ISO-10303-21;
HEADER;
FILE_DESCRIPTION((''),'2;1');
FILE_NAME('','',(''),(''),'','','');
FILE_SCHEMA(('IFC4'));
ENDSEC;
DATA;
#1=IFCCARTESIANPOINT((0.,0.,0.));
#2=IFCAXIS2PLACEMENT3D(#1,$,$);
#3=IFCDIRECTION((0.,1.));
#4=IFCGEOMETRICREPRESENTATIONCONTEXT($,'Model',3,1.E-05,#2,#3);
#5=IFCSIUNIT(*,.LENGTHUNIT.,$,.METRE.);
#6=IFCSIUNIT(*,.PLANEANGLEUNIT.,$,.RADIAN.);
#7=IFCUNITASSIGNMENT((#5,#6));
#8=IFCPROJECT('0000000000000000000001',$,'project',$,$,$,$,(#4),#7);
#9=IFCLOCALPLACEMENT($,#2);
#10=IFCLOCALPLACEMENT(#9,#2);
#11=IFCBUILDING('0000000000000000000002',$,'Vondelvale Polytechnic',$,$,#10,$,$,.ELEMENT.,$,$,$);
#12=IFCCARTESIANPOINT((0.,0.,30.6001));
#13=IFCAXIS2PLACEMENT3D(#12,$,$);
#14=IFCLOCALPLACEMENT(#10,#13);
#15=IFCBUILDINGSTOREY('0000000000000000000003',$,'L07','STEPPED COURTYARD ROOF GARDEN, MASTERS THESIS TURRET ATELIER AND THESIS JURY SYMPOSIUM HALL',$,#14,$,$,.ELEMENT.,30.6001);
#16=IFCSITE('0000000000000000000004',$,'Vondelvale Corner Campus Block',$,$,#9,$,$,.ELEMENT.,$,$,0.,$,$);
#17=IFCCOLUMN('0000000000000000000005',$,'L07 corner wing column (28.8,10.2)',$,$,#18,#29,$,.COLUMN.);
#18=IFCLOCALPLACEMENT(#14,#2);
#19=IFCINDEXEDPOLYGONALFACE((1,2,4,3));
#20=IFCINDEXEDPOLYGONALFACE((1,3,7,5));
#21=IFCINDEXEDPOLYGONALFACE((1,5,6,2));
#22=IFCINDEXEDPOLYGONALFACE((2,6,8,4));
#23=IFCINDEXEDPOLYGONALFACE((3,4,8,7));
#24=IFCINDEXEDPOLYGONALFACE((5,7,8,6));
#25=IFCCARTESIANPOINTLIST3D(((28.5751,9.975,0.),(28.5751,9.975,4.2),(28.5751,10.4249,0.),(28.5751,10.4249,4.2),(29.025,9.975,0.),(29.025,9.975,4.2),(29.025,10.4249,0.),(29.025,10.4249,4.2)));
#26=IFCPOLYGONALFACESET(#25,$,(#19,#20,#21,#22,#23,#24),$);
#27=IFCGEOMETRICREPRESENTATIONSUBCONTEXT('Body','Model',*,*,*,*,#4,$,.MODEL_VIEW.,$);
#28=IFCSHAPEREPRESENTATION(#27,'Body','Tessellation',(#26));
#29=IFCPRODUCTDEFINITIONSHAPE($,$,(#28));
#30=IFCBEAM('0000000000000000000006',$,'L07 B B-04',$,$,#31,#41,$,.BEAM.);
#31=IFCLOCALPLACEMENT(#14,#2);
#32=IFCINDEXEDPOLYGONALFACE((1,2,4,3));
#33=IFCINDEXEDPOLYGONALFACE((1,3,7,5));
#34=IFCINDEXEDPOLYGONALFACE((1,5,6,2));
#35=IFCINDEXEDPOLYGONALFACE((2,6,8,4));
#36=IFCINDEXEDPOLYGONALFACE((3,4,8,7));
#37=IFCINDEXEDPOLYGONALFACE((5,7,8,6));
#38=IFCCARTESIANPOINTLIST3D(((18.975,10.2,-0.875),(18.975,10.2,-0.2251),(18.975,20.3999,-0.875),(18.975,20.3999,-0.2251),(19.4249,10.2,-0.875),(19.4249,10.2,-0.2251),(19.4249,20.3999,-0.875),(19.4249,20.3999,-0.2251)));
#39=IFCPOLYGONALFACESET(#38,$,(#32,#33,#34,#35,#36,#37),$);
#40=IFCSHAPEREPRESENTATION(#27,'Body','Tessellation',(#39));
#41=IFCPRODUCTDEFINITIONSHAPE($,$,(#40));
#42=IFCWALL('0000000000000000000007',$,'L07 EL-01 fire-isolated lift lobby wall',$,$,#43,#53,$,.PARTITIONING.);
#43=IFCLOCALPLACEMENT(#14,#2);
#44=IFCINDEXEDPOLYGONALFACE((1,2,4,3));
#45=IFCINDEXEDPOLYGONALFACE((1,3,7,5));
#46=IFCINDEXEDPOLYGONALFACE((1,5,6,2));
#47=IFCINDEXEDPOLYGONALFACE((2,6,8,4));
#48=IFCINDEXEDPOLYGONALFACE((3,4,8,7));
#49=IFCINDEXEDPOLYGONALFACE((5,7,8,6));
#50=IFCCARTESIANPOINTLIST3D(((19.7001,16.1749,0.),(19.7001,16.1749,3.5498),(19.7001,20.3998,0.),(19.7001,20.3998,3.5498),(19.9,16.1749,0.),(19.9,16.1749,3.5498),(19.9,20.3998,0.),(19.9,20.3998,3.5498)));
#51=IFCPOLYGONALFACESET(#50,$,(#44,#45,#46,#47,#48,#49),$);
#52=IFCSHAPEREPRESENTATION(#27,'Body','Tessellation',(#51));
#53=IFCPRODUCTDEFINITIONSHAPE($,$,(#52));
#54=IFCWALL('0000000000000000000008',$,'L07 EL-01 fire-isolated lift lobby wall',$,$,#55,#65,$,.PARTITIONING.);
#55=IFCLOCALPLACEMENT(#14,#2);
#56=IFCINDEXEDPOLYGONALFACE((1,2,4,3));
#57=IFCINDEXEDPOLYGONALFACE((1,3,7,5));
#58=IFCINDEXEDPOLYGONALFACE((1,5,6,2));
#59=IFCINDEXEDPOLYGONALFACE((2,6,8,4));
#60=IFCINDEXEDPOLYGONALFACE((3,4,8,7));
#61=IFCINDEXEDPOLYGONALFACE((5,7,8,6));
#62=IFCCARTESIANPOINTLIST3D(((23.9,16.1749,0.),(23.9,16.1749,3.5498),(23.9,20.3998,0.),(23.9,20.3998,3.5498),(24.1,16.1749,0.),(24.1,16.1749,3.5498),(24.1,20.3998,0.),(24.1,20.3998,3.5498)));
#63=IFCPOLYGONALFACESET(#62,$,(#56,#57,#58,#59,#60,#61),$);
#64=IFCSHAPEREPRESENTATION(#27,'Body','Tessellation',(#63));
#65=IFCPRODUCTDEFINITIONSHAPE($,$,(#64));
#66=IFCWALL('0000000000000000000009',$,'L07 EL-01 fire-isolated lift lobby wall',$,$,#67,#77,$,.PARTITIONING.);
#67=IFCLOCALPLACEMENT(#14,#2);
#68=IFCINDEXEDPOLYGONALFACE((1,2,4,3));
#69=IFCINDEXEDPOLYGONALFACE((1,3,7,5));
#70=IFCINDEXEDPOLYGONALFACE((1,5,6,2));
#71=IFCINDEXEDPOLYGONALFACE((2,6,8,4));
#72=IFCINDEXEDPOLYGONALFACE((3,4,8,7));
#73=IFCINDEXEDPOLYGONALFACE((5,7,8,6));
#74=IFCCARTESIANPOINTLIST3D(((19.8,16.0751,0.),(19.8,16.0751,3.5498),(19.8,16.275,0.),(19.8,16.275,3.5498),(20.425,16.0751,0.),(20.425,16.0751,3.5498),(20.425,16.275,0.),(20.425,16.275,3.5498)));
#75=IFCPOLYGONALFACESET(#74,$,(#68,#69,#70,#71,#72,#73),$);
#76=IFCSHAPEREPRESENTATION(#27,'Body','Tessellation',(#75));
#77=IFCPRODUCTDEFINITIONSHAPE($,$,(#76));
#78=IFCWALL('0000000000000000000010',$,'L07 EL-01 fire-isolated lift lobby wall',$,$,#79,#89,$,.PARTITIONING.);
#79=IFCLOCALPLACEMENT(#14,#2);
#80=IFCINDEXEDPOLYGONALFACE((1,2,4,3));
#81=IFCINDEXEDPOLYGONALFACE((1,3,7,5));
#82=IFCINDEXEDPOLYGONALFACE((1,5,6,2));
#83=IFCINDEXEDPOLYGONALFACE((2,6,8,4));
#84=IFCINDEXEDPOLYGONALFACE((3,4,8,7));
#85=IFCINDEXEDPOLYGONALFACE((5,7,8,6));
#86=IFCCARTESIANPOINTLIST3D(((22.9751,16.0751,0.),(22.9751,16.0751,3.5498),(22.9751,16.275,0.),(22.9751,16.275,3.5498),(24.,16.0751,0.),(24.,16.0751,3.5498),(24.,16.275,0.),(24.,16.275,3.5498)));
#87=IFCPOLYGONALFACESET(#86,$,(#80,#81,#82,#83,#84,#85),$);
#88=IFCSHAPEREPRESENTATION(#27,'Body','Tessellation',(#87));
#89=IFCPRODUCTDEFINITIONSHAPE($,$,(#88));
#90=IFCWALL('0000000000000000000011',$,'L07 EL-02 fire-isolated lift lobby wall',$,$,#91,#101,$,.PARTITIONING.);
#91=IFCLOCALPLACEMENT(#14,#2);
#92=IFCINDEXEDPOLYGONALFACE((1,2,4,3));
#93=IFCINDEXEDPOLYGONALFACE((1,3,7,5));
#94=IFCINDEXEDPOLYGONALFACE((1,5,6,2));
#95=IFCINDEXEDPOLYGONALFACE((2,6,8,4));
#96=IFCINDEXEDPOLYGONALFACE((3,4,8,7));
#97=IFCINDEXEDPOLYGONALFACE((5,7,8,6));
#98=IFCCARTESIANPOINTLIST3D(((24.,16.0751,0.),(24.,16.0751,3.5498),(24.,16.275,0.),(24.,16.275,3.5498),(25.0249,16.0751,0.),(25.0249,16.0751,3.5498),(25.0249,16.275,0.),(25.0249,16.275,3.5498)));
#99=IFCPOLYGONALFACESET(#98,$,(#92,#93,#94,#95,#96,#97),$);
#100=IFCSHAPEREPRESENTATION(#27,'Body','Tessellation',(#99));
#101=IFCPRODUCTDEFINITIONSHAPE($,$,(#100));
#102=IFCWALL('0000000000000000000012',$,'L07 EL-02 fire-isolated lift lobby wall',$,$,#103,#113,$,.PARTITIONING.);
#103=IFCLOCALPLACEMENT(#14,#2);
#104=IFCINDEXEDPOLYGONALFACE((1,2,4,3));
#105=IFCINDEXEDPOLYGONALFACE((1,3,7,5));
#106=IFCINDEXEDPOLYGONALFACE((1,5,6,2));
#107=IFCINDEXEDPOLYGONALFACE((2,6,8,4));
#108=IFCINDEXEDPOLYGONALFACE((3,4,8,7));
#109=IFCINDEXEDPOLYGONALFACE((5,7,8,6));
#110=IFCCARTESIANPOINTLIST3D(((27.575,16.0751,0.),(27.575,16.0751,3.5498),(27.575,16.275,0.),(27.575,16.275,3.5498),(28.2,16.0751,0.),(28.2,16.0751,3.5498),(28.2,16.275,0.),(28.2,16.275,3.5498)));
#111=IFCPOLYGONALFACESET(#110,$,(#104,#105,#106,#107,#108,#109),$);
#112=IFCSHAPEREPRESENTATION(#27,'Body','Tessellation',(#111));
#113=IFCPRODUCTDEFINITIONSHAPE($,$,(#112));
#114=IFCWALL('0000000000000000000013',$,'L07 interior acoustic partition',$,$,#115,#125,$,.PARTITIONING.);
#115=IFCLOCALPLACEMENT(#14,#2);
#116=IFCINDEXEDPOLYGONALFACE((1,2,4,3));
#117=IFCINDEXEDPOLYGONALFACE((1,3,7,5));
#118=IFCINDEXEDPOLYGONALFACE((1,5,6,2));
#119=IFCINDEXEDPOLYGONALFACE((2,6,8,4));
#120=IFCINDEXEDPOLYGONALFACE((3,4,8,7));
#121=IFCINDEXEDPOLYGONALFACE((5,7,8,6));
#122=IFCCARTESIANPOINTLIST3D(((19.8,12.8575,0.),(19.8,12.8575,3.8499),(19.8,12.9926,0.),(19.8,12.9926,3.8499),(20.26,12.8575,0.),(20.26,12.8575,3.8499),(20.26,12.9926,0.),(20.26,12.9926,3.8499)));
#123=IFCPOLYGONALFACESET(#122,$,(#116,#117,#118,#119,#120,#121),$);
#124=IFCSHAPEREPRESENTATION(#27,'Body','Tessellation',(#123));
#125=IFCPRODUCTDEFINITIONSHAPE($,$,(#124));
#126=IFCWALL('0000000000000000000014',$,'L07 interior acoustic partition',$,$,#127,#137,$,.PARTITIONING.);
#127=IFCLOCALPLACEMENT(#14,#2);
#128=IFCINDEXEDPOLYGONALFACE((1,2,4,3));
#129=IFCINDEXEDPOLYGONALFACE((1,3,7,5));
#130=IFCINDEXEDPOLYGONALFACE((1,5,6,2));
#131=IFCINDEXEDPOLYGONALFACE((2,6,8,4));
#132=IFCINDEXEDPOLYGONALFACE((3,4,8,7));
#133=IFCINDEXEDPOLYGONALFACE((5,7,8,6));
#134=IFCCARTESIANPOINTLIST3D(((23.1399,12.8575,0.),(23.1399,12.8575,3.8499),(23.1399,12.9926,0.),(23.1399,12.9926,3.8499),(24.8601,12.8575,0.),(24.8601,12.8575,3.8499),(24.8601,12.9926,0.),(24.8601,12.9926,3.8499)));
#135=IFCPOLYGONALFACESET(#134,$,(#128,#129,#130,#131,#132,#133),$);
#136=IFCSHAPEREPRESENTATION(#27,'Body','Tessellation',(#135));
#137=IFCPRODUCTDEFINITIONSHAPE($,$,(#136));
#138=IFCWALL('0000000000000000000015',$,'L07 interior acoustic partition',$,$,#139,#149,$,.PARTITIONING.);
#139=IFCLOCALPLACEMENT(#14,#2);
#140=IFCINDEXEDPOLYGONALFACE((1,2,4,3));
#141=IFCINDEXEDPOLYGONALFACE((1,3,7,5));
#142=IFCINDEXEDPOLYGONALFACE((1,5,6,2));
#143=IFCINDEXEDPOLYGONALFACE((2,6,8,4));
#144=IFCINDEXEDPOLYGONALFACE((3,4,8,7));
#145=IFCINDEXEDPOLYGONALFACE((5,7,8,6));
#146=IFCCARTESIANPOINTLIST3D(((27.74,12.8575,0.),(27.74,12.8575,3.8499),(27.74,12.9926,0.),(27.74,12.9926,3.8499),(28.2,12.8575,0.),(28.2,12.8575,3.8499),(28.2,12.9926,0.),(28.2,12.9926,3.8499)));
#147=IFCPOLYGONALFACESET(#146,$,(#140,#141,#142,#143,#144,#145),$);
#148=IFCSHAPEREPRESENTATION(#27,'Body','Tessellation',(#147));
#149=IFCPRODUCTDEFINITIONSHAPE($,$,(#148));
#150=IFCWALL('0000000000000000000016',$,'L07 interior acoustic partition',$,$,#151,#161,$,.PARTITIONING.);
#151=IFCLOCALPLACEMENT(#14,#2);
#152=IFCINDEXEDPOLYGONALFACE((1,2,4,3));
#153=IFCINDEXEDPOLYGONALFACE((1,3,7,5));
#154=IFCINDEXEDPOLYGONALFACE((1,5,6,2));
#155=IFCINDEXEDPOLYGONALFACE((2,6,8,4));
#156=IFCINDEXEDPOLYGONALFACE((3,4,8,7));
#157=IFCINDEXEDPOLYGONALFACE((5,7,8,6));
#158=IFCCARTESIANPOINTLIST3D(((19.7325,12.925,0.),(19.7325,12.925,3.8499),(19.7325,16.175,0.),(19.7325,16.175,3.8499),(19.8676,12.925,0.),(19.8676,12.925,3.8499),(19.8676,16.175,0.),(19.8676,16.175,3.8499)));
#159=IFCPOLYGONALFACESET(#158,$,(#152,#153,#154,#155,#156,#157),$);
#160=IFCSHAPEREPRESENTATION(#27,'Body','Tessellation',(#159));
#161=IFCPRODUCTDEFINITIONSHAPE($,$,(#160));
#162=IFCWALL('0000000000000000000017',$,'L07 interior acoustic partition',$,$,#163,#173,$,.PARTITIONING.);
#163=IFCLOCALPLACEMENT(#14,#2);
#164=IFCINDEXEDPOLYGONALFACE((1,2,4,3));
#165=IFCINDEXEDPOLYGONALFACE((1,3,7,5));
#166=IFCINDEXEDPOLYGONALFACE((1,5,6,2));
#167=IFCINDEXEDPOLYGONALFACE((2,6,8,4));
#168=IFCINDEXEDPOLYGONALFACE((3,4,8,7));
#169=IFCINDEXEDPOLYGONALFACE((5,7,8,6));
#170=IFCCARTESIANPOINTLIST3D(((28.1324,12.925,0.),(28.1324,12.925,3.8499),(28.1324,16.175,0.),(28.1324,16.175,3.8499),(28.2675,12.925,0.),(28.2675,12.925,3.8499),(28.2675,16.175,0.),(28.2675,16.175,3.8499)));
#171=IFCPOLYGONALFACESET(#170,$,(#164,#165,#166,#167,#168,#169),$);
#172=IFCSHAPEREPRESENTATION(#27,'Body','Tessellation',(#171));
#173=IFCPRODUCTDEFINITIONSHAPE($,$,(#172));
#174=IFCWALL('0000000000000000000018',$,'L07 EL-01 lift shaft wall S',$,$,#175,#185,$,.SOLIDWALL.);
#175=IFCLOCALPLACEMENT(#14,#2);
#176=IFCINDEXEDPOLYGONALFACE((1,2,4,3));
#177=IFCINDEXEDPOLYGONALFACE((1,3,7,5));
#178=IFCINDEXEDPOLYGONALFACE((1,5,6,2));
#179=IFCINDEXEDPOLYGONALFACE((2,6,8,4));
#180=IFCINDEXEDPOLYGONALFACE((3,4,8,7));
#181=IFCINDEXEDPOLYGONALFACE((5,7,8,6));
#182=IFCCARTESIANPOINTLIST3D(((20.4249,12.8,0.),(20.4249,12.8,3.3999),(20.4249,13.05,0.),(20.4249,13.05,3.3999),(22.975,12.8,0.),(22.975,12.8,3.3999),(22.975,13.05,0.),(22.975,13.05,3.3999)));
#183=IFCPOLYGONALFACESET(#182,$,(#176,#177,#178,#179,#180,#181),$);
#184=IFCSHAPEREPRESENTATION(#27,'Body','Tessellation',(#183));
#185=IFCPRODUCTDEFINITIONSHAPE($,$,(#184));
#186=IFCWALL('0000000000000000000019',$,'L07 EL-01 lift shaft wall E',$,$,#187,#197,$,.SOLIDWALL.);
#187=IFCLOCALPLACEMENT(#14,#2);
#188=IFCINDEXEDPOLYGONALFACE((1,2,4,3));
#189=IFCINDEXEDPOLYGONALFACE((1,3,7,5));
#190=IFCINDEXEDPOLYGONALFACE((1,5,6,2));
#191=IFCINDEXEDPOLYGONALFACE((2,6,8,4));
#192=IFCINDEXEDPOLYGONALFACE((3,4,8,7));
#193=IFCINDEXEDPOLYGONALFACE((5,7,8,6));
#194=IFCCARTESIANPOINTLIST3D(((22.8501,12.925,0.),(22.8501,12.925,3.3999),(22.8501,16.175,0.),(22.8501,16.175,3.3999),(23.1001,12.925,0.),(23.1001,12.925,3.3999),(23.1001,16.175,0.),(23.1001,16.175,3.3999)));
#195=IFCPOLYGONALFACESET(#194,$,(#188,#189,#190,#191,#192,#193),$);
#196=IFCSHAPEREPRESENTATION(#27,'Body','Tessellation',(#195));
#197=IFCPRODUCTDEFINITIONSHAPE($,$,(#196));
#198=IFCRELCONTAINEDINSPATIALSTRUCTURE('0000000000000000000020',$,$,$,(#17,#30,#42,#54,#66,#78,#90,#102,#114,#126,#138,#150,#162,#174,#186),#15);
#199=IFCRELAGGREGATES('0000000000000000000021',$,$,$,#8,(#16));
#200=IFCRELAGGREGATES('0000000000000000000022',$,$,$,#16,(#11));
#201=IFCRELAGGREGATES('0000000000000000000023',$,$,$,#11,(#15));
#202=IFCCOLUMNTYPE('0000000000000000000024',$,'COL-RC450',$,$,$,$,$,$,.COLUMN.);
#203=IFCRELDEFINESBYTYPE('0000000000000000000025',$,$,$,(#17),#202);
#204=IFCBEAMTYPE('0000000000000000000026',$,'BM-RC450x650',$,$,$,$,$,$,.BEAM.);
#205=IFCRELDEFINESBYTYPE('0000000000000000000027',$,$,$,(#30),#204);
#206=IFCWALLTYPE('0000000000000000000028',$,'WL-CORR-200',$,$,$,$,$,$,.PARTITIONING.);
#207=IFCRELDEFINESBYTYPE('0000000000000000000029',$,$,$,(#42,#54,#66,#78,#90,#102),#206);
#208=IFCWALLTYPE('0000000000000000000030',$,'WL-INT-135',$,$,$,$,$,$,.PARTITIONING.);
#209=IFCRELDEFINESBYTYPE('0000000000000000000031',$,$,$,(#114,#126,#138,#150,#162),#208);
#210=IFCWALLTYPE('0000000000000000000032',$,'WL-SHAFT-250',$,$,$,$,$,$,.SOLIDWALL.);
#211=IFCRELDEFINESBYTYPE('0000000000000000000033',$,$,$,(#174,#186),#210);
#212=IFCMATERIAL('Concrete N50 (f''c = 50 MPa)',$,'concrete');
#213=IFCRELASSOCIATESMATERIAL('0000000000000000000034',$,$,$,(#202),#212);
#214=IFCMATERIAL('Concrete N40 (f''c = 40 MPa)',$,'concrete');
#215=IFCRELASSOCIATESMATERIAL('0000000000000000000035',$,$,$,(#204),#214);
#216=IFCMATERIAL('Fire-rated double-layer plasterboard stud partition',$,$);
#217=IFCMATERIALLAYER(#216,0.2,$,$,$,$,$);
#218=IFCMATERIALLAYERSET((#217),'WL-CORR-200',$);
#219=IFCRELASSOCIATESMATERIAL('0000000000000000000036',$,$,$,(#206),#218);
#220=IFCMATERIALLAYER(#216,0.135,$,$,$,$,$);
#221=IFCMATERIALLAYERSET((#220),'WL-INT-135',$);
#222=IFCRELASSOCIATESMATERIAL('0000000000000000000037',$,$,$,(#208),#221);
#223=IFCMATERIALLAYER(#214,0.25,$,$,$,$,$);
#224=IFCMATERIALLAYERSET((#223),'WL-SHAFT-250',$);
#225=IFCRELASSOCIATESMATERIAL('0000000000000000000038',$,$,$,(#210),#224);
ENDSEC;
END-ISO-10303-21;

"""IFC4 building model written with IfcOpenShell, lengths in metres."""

from ifc_helpers import new_model, si_unit, direction, frame, frame_2d, origin, origin_2d, place, context, subcontext, project, spatial, rectangle, extrude, material, layer, layer_set, material_profile, profile_set, type_object, element, save


model = new_model("IFC4")

# Units and contexts
model_context = context("Model", 3, precision=1e-05, world=origin(), true_north=direction((0.0, 1.0)))
body_context = subcontext(model_context, "Body", "Model", "MODEL_VIEW")
ifc_project = project(units=[si_unit("LENGTHUNIT", "METRE"), si_unit("PLANEANGLEUNIT", "RADIAN")], contexts=[model_context])

# Site, building, storey
site_placement = place(None, origin())
site = spatial("IfcSite", under=ifc_project, at=site_placement, Name="Vondelvale Corner Campus Block", CompositionType="ELEMENT", RefElevation=0.0)
building_placement = place(site_placement, origin())
building = spatial("IfcBuilding", under=site, at=building_placement, Name="Vondelvale Polytechnic", CompositionType="ELEMENT")
storey_placement = place(building_placement, frame((0.0, 0.0, 30.6001)))
storey = spatial("IfcBuildingStorey", under=building, at=storey_placement, Name="L07", Description="STEPPED COURTYARD ROOF GARDEN, MASTERS THESIS TURRET ATELIER AND THESIS JURY SYMPOSIUM HALL", CompositionType="ELEMENT", Elevation=30.6001)

# Column
ifc_material_1 = material(Name="Concrete N50 (f'c = 50 MPa)", Category="concrete")
ifc_material_profile_1 = material_profile(ifc_material_1, rectangle(XDim=0.45, YDim=0.45, at=origin_2d()), Name="RC-COL-450x450")
ifc_profile_set_1 = profile_set([ifc_material_profile_1], Name="Concrete N50 (f'c = 50 MPa)")
column_type = type_object("IfcColumnType", Name="COL-RC450", PredefinedType="COLUMN", material=ifc_profile_set_1)
column_placement = place(storey_placement, frame((28.8, 10.2, 0.0), z_axis=(0.0, 0.0, 1.0), x_axis=(1.0, 0.0, 0.0)))
element("IfcColumn", 1, at=column_placement, inside=storey, type_object=column_type, Name="L07 corner wing column (28.8,10.2)", PredefinedType="COLUMN", context=body_context, shape_type="SweptSolid", body=[
    extrude(rectangle(XDim=0.45, YDim=0.45, at=origin_2d()), origin(), (0.0, 0.0, 1.0), 4.2),
])

# Beam
ifc_material_2 = material(Name="Concrete N40 (f'c = 40 MPa)", Category="concrete")
ifc_material_profile_2 = material_profile(ifc_material_2, rectangle(XDim=0.45, YDim=0.6499, at=origin_2d()), Name="RC-BM-450x650")
ifc_profile_set_2 = profile_set([ifc_material_profile_2], Name="Concrete N40 (f'c = 40 MPa)")
beam_type = type_object("IfcBeamType", Name="BM-RC450x650", PredefinedType="BEAM", material=ifc_profile_set_2)
beam_placement = place(storey_placement, frame((19.2, 10.2, -0.55), z_axis=(0.0, 1.0, 0.0), x_axis=(-1.0, 0.0, 0.0)))
element("IfcBeam", 2, at=beam_placement, inside=storey, type_object=beam_type, Name="L07 B B-04", PredefinedType="BEAM", context=body_context, shape_type="SweptSolid", body=[
    extrude(rectangle(XDim=0.45, YDim=0.6499, at=origin_2d()), origin(), (0.0, 0.0, 1.0), 10.2),
])

# Walls
ifc_material_3 = material(Name="Fire-rated double-layer plasterboard stud partition")
ifc_layer_1 = layer(ifc_material_3, 0.2)
ifc_layer_set_1 = layer_set([ifc_layer_1], Name="WL-CORR-200")
wall_type_1 = type_object("IfcWallType", Name="WL-CORR-200", PredefinedType="PARTITIONING", material=ifc_layer_set_1)
for number, where, z_axis, x_axis, name in (
    (3, (19.8, 16.175, 0.0), (0.0, 0.0, 1.0), (0.0, 1.0, 0.0), "L07 EL-01 fire-isolated lift lobby wall"),
    (4, (24.0, 16.175, 0.0), (0.0, 0.0, 1.0), (0.0, 1.0, 0.0), "L07 EL-01 fire-isolated lift lobby wall"),
):
    element("IfcWall", number, at=place(storey_placement, frame(where, z_axis=z_axis, x_axis=x_axis)), inside=storey, type_object=wall_type_1, Name=name, PredefinedType="PARTITIONING", context=body_context, shape_type="SweptSolid", body=[
        extrude(rectangle(XDim=4.2249, YDim=0.2, at=frame_2d((2.1123, 0.0))), origin(), (0.0, 0.0, 1.0), 3.5498),
    ])
wall_1_placement = place(storey_placement, frame((19.8, 16.175, 0.0), z_axis=(0.0, 0.0, 1.0), x_axis=(1.0, 0.0, 0.0)))
element("IfcWall", 5, at=wall_1_placement, inside=storey, type_object=wall_type_1, Name="L07 EL-01 fire-isolated lift lobby wall", PredefinedType="PARTITIONING", context=body_context, shape_type="SweptSolid", body=[
    extrude(rectangle(XDim=0.625, YDim=0.2, at=frame_2d((0.3125, 0.0))), origin(), (0.0, 0.0, 1.0), 3.5498),
])
for number, where, z_axis, x_axis, name in (
    (6, (22.9751, 16.175, 0.0), (0.0, 0.0, 1.0), (1.0, 0.0, 0.0), "L07 EL-01 fire-isolated lift lobby wall"),
    (7, (24.0, 16.175, 0.0), (0.0, 0.0, 1.0), (1.0, 0.0, 0.0), "L07 EL-02 fire-isolated lift lobby wall"),
):
    element("IfcWall", number, at=place(storey_placement, frame(where, z_axis=z_axis, x_axis=x_axis)), inside=storey, type_object=wall_type_1, Name=name, PredefinedType="PARTITIONING", context=body_context, shape_type="SweptSolid", body=[
        extrude(rectangle(XDim=1.0249, YDim=0.2, at=frame_2d((0.5125, 0.0))), origin(), (0.0, 0.0, 1.0), 3.5498),
    ])
wall_2_placement = place(storey_placement, frame((27.575, 16.175, 0.0), z_axis=(0.0, 0.0, 1.0), x_axis=(1.0, 0.0, 0.0)))
element("IfcWall", 8, at=wall_2_placement, inside=storey, type_object=wall_type_1, Name="L07 EL-02 fire-isolated lift lobby wall", PredefinedType="PARTITIONING", context=body_context, shape_type="SweptSolid", body=[
    extrude(rectangle(XDim=0.625, YDim=0.2, at=frame_2d((0.3125, 0.0))), origin(), (0.0, 0.0, 1.0), 3.5498),
])
ifc_layer_2 = layer(ifc_material_3, 0.135)
ifc_layer_set_2 = layer_set([ifc_layer_2], Name="WL-INT-135")
wall_type_2 = type_object("IfcWallType", Name="WL-INT-135", PredefinedType="PARTITIONING", material=ifc_layer_set_2)
wall_3_placement = place(storey_placement, frame((19.8, 12.925, 0.0), z_axis=(0.0, 0.0, 1.0), x_axis=(1.0, 0.0, 0.0)))
element("IfcWall", 9, at=wall_3_placement, inside=storey, type_object=wall_type_2, Name="L07 interior acoustic partition", PredefinedType="PARTITIONING", context=body_context, shape_type="SweptSolid", body=[
    extrude(rectangle(XDim=0.46, YDim=0.135, at=frame_2d((0.23, 0.0))), origin(), (0.0, 0.0, 1.0), 3.8499),
])
wall_4_placement = place(storey_placement, frame((23.1399, 12.925, 0.0), z_axis=(0.0, 0.0, 1.0), x_axis=(1.0, 0.0, 0.0)))
element("IfcWall", 10, at=wall_4_placement, inside=storey, type_object=wall_type_2, Name="L07 interior acoustic partition", PredefinedType="PARTITIONING", context=body_context, shape_type="SweptSolid", body=[
    extrude(rectangle(XDim=1.7202, YDim=0.135, at=frame_2d((0.8601, 0.0))), origin(), (0.0, 0.0, 1.0), 3.8499),
])
wall_5_placement = place(storey_placement, frame((27.74, 12.925, 0.0), z_axis=(0.0, 0.0, 1.0), x_axis=(1.0, 0.0, 0.0)))
element("IfcWall", 11, at=wall_5_placement, inside=storey, type_object=wall_type_2, Name="L07 interior acoustic partition", PredefinedType="PARTITIONING", context=body_context, shape_type="SweptSolid", body=[
    extrude(rectangle(XDim=0.46, YDim=0.135, at=frame_2d((0.23, 0.0))), origin(), (0.0, 0.0, 1.0), 3.8499),
])
for number, where, z_axis, x_axis, name in (
    (12, (19.8, 12.925, 0.0), (0.0, 0.0, 1.0), (0.0, 1.0, 0.0), "L07 interior acoustic partition"),
    (13, (28.2, 12.925, 0.0), (0.0, 0.0, 1.0), (0.0, 1.0, 0.0), "L07 interior acoustic partition"),
):
    element("IfcWall", number, at=place(storey_placement, frame(where, z_axis=z_axis, x_axis=x_axis)), inside=storey, type_object=wall_type_2, Name=name, PredefinedType="PARTITIONING", context=body_context, shape_type="SweptSolid", body=[
        extrude(rectangle(XDim=3.25, YDim=0.135, at=frame_2d((1.625, 0.0))), origin(), (0.0, 0.0, 1.0), 3.8499),
    ])
ifc_layer_3 = layer(ifc_material_2, 0.25)
ifc_layer_set_3 = layer_set([ifc_layer_3], Name="WL-SHAFT-250")
wall_type_3 = type_object("IfcWallType", Name="WL-SHAFT-250", PredefinedType="SOLIDWALL", material=ifc_layer_set_3)
wall_6_placement = place(storey_placement, frame((20.425, 12.925, 0.0), z_axis=(0.0, 0.0, 1.0), x_axis=(1.0, 0.0, 0.0)))
element("IfcWall", 14, at=wall_6_placement, inside=storey, type_object=wall_type_3, Name="L07 EL-01 lift shaft wall S", PredefinedType="SOLIDWALL", context=body_context, shape_type="SweptSolid", body=[
    extrude(rectangle(XDim=2.55, YDim=0.25, at=frame_2d((1.2749, 0.0))), origin(), (0.0, 0.0, 1.0), 3.3999),
])
wall_7_placement = place(storey_placement, frame((22.9751, 12.925, 0.0), z_axis=(0.0, 0.0, 1.0), x_axis=(0.0, 1.0, 0.0)))
element("IfcWall", 15, at=wall_7_placement, inside=storey, type_object=wall_type_3, Name="L07 EL-01 lift shaft wall E", PredefinedType="SOLIDWALL", context=body_context, shape_type="SweptSolid", body=[
    extrude(rectangle(XDim=3.25, YDim=0.25, at=frame_2d((1.625, 0.0))), origin(), (0.0, 0.0, 1.0), 3.3999),
])

save(model, "model.ifc")
